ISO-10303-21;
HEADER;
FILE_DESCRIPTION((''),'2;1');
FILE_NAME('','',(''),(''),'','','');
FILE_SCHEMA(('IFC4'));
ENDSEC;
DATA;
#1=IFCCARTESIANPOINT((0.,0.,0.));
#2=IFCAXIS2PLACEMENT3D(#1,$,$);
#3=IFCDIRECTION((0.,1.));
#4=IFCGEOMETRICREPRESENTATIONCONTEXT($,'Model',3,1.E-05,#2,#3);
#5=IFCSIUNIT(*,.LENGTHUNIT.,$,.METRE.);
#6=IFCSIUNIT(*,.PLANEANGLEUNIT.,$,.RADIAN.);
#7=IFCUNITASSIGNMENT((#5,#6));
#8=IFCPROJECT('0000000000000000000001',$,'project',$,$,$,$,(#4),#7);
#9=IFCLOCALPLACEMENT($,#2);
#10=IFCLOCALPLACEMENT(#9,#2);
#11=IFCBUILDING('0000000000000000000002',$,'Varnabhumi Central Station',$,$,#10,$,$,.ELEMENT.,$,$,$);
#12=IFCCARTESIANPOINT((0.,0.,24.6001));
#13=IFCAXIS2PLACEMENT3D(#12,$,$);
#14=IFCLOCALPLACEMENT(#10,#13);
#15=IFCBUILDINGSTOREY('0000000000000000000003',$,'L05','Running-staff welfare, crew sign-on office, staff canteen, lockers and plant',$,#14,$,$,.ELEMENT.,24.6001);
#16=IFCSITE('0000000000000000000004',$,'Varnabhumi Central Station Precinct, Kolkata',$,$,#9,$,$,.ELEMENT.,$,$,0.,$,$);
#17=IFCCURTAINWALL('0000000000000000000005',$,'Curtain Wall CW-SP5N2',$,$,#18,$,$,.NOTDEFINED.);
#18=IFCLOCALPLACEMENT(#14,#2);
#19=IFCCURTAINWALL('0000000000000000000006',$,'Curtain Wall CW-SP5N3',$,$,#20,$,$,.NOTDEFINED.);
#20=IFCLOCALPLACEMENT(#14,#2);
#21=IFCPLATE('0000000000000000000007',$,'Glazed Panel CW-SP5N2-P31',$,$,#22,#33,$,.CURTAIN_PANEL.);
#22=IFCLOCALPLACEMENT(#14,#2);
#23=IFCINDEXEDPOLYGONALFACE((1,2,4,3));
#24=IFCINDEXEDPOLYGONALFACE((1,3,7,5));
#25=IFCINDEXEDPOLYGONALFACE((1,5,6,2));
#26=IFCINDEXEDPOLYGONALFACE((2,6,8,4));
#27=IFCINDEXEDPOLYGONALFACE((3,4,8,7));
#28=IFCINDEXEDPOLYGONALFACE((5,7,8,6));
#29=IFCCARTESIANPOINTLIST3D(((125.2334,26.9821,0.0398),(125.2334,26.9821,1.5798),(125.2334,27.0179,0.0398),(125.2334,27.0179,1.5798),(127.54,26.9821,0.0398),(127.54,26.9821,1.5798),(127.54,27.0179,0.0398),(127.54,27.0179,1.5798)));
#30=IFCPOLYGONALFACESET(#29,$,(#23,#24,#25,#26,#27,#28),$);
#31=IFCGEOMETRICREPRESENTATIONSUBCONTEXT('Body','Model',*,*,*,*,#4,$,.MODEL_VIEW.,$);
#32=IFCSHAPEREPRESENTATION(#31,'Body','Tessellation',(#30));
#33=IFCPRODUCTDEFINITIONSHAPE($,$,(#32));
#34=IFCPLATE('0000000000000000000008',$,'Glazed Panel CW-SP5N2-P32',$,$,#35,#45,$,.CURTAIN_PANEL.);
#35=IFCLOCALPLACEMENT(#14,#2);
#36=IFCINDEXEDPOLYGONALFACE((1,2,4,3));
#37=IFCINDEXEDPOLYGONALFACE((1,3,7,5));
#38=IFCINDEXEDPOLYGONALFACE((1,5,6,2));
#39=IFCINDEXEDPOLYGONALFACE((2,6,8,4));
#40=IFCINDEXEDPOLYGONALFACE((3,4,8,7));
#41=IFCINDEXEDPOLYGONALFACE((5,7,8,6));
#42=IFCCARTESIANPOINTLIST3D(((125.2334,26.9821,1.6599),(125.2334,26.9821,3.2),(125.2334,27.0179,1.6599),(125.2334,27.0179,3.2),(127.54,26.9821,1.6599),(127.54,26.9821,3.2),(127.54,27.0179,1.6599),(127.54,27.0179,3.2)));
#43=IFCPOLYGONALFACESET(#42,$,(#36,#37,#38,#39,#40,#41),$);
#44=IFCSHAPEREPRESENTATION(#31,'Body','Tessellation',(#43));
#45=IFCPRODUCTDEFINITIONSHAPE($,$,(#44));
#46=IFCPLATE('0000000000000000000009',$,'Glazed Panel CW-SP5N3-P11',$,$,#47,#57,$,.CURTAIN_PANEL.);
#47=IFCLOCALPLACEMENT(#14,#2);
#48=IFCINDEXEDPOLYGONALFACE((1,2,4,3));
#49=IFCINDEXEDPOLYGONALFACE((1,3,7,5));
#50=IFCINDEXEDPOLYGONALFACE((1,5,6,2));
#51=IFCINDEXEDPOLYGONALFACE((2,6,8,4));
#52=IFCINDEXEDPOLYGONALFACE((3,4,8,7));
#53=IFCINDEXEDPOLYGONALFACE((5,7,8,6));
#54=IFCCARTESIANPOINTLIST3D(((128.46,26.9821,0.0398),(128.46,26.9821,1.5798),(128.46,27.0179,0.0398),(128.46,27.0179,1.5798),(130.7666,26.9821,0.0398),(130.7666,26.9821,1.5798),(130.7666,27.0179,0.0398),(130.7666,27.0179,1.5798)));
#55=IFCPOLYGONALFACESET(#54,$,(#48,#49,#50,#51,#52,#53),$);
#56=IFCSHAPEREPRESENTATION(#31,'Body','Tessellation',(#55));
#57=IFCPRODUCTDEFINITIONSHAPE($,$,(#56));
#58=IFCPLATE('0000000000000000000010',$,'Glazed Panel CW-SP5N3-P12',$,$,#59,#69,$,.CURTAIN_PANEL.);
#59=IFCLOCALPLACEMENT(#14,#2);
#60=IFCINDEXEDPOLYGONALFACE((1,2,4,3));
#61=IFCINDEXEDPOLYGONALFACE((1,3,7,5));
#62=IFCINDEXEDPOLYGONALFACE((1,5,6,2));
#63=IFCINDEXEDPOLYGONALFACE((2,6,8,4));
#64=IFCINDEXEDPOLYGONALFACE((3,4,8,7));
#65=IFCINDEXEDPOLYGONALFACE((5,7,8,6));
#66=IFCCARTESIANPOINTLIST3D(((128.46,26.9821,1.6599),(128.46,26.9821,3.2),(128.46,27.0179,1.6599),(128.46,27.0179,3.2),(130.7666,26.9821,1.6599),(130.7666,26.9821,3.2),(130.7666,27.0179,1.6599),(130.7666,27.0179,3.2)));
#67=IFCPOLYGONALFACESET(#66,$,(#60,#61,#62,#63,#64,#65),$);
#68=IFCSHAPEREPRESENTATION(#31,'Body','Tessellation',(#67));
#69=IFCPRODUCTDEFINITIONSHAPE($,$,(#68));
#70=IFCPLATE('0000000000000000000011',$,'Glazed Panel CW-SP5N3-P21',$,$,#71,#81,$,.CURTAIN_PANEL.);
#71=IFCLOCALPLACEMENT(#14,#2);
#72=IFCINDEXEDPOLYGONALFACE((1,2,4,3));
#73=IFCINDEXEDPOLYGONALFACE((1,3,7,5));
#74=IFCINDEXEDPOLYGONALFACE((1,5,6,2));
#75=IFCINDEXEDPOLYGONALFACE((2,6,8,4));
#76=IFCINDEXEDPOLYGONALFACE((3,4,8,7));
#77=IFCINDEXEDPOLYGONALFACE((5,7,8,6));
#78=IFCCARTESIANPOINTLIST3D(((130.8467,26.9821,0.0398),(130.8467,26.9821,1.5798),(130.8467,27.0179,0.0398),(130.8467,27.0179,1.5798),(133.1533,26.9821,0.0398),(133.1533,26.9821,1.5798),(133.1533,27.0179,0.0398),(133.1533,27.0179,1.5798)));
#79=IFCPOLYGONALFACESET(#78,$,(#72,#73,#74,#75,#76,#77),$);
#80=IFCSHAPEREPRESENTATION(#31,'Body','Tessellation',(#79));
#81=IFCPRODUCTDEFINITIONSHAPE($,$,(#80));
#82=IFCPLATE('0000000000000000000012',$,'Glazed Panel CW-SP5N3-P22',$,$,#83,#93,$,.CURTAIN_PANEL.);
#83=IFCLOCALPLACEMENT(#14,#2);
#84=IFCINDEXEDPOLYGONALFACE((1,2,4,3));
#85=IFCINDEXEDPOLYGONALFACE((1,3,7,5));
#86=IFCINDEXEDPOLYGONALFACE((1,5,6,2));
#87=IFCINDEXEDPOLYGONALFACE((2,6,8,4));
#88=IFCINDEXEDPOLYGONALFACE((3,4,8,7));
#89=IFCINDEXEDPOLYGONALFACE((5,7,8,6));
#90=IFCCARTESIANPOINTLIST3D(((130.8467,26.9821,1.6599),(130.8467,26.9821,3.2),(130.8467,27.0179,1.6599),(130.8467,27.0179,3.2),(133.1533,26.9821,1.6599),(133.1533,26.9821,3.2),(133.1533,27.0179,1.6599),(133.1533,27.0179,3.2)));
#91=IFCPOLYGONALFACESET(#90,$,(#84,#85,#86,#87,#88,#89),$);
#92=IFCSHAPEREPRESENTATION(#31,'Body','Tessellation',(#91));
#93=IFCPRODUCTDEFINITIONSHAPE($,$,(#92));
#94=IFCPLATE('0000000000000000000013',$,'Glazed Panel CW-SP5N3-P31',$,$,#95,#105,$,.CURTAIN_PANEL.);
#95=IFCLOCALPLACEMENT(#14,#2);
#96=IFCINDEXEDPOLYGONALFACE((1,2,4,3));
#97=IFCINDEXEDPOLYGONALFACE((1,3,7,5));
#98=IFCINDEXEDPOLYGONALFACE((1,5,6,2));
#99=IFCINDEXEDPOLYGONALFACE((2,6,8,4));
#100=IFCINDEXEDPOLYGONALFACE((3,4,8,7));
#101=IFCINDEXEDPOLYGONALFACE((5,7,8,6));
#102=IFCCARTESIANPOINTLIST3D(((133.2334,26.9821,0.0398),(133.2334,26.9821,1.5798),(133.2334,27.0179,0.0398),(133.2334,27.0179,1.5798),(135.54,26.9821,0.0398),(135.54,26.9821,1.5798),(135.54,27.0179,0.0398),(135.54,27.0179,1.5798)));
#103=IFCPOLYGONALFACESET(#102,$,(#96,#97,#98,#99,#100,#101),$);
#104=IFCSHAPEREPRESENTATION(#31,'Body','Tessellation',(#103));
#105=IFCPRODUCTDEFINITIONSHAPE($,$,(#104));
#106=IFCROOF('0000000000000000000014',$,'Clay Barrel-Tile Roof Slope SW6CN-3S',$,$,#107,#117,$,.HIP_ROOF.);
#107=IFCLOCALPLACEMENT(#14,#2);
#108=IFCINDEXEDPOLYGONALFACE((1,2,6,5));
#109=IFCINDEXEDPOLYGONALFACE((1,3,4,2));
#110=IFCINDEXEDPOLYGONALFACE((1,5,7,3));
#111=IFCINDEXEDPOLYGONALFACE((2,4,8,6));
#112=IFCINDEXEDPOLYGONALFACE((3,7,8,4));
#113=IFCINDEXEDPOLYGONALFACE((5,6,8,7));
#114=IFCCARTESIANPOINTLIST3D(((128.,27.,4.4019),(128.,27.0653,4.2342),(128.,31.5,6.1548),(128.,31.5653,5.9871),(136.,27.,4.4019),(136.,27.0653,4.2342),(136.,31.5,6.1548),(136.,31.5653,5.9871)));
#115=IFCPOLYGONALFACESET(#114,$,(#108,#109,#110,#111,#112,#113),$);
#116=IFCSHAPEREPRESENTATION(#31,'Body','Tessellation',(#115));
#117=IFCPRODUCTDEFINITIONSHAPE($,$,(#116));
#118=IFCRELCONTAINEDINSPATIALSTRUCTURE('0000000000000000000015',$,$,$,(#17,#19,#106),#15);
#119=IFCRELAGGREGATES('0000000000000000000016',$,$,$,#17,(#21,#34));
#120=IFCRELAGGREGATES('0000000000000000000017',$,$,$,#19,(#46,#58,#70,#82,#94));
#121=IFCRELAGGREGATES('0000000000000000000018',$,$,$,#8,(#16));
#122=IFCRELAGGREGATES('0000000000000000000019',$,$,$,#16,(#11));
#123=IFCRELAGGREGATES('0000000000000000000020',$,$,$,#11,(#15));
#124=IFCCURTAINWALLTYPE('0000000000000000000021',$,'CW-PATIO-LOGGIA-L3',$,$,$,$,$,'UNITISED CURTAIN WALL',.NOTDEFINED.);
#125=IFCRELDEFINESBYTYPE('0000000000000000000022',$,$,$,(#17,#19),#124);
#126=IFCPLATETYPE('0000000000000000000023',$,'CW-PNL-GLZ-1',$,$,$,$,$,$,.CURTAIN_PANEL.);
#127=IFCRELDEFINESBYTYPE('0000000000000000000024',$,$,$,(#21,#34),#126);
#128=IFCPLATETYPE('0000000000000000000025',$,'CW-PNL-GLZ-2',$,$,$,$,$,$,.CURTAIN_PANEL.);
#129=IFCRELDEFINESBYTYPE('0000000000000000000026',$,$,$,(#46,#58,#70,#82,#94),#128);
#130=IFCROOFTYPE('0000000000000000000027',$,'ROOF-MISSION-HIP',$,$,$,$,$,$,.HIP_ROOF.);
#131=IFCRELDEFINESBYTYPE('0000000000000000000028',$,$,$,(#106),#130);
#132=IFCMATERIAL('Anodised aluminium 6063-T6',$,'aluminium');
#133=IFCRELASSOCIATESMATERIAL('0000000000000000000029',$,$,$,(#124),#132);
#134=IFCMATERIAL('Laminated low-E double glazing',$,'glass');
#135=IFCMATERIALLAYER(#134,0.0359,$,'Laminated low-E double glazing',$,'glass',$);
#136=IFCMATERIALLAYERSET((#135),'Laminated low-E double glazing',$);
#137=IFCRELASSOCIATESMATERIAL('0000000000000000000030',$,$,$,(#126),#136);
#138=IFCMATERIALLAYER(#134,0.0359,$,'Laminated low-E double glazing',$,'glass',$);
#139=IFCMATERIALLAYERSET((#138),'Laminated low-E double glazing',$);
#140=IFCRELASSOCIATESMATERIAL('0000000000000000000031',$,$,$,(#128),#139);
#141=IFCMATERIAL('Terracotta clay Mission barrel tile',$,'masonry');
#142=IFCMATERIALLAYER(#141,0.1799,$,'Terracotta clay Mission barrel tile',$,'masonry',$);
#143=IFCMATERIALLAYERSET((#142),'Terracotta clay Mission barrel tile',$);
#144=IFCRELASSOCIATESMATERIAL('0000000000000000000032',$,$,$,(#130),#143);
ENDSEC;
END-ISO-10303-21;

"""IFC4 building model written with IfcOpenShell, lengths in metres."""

from ifc_helpers import new_model, si_unit, direction, frame, origin, origin_2d, place, context, subcontext, project, spatial, polyline, rectangle, outline, extrude, material, layer, layer_set, type_object, element, aggregate, save


model = new_model("IFC4")

# Units and contexts
model_context = context("Model", 3, precision=1e-05, world=origin(), true_north=direction((0.0, 1.0)))
body_context = subcontext(model_context, "Body", "Model", "MODEL_VIEW")
ifc_project = project(units=[si_unit("LENGTHUNIT", "METRE"), si_unit("PLANEANGLEUNIT", "RADIAN")], contexts=[model_context])

# Site, building, storey
site_placement = place(None, origin())
site = spatial("IfcSite", under=ifc_project, at=site_placement, Name="Varnabhumi Central Station Precinct, Kolkata", CompositionType="ELEMENT", RefElevation=0.0)
building_placement = place(site_placement, origin())
building = spatial("IfcBuilding", under=site, at=building_placement, Name="Varnabhumi Central Station", CompositionType="ELEMENT")
storey_placement = place(building_placement, frame((0.0, 0.0, 24.6001)))
storey = spatial("IfcBuildingStorey", under=building, at=storey_placement, Name="L05", Description="Running-staff welfare, crew sign-on office, staff canteen, lockers and plant", CompositionType="ELEMENT", Elevation=24.6001)

# Curtain walls
ifc_material_1 = material(Name="Anodised aluminium 6063-T6", Category="aluminium")
curtain_wall_type = type_object("IfcCurtainWallType", Name="CW-PATIO-LOGGIA-L3", ElementType="UNITISED CURTAIN WALL", PredefinedType="NOTDEFINED", material=ifc_material_1)
curtain_wall_1_placement = place(storey_placement, origin())
curtain_wall_1 = element("IfcCurtainWall", 1, at=curtain_wall_1_placement, inside=storey, type_object=curtain_wall_type, Name="Curtain Wall CW-SP5N2", PredefinedType="NOTDEFINED")
curtain_wall_2_placement = place(storey_placement, origin())
curtain_wall_2 = element("IfcCurtainWall", 2, at=curtain_wall_2_placement, inside=storey, type_object=curtain_wall_type, Name="Curtain Wall CW-SP5N3", PredefinedType="NOTDEFINED")

# Plates
ifc_material_2 = material(Name="Laminated low-E double glazing", Category="glass")
ifc_layer_1 = layer(ifc_material_2, 0.0359, Name="Laminated low-E double glazing", Category="glass")
ifc_layer_set_1 = layer_set([ifc_layer_1], Name="Laminated low-E double glazing")
plate_type_1 = type_object("IfcPlateType", Name="CW-PNL-GLZ-1", PredefinedType="CURTAIN_PANEL", material=ifc_layer_set_1)
plate_1_placement = place(storey_placement, frame((126.3867, 27.0, 0.0398), z_axis=(0.0, 0.0, 1.0), x_axis=(1.0, 0.0, 0.0)))
plate_1 = element("IfcPlate", 3, at=plate_1_placement, type_object=plate_type_1, Name="Glazed Panel CW-SP5N2-P31", PredefinedType="CURTAIN_PANEL", context=body_context, shape_type="SweptSolid", body=[
    extrude(rectangle(XDim=2.3066, YDim=0.0359, at=origin_2d()), origin(), (0.0, 0.0, 1.0), 1.54),
])
plate_2_placement = place(storey_placement, frame((126.3867, 27.0, 1.6599), z_axis=(0.0, 0.0, 1.0), x_axis=(1.0, 0.0, 0.0)))
plate_2 = element("IfcPlate", 4, at=plate_2_placement, type_object=plate_type_1, Name="Glazed Panel CW-SP5N2-P32", PredefinedType="CURTAIN_PANEL", context=body_context, shape_type="SweptSolid", body=[
    extrude(rectangle(XDim=2.3066, YDim=0.0359, at=origin_2d()), origin(), (0.0, 0.0, 1.0), 1.54),
])
aggregate(curtain_wall_1, [plate_1, plate_2])
ifc_layer_2 = layer(ifc_material_2, 0.0359, Name="Laminated low-E double glazing", Category="glass")
ifc_layer_set_2 = layer_set([ifc_layer_2], Name="Laminated low-E double glazing")
plate_type_2 = type_object("IfcPlateType", Name="CW-PNL-GLZ-2", PredefinedType="CURTAIN_PANEL", material=ifc_layer_set_2)
plate_3_placement = place(storey_placement, frame((129.6133, 27.0, 0.0398), z_axis=(0.0, 0.0, 1.0), x_axis=(1.0, 0.0, 0.0)))
plate_3 = element("IfcPlate", 5, at=plate_3_placement, type_object=plate_type_2, Name="Glazed Panel CW-SP5N3-P11", PredefinedType="CURTAIN_PANEL", context=body_context, shape_type="SweptSolid", body=[
    extrude(rectangle(XDim=2.3066, YDim=0.0359, at=origin_2d()), origin(), (0.0, 0.0, 1.0), 1.54),
])
plate_4_placement = place(storey_placement, frame((129.6133, 27.0, 1.6599), z_axis=(0.0, 0.0, 1.0), x_axis=(1.0, 0.0, 0.0)))
plate_4 = element("IfcPlate", 6, at=plate_4_placement, type_object=plate_type_2, Name="Glazed Panel CW-SP5N3-P12", PredefinedType="CURTAIN_PANEL", context=body_context, shape_type="SweptSolid", body=[
    extrude(rectangle(XDim=2.3066, YDim=0.0359, at=origin_2d()), origin(), (0.0, 0.0, 1.0), 1.54),
])
plate_5_placement = place(storey_placement, frame((132.0, 27.0, 0.0398), z_axis=(0.0, 0.0, 1.0), x_axis=(1.0, 0.0, 0.0)))
plate_5 = element("IfcPlate", 7, at=plate_5_placement, type_object=plate_type_2, Name="Glazed Panel CW-SP5N3-P21", PredefinedType="CURTAIN_PANEL", context=body_context, shape_type="SweptSolid", body=[
    extrude(rectangle(XDim=2.3066, YDim=0.0359, at=origin_2d()), origin(), (0.0, 0.0, 1.0), 1.54),
])
plate_6_placement = place(storey_placement, frame((132.0, 27.0, 1.6599), z_axis=(0.0, 0.0, 1.0), x_axis=(1.0, 0.0, 0.0)))
plate_6 = element("IfcPlate", 8, at=plate_6_placement, type_object=plate_type_2, Name="Glazed Panel CW-SP5N3-P22", PredefinedType="CURTAIN_PANEL", context=body_context, shape_type="SweptSolid", body=[
    extrude(rectangle(XDim=2.3066, YDim=0.0359, at=origin_2d()), origin(), (0.0, 0.0, 1.0), 1.54),
])
plate_7_placement = place(storey_placement, frame((134.3867, 27.0, 0.0398), z_axis=(0.0, 0.0, 1.0), x_axis=(1.0, 0.0, 0.0)))
plate_7 = element("IfcPlate", 9, at=plate_7_placement, type_object=plate_type_2, Name="Glazed Panel CW-SP5N3-P31", PredefinedType="CURTAIN_PANEL", context=body_context, shape_type="SweptSolid", body=[
    extrude(rectangle(XDim=2.3066, YDim=0.0359, at=origin_2d()), origin(), (0.0, 0.0, 1.0), 1.54),
])
aggregate(curtain_wall_2, [plate_3, plate_4, plate_5, plate_6, plate_7])

# Roof
ifc_material_3 = material(Name="Terracotta clay Mission barrel tile", Category="masonry")
ifc_layer_3 = layer(ifc_material_3, 0.1799, Name="Terracotta clay Mission barrel tile", Category="masonry")
ifc_layer_set_3 = layer_set([ifc_layer_3], Name="Terracotta clay Mission barrel tile")
roof_type = type_object("IfcRoofType", Name="ROOF-MISSION-HIP", PredefinedType="HIP_ROOF", material=ifc_layer_set_3)
roof_placement = place(storey_placement, frame((128.0, 27.0, 4.4019), z_axis=(0.0, -0.362973, 0.9318), x_axis=(1.0, 0.0, 0.0)))
element("IfcRoof", 10, at=roof_placement, inside=storey, type_object=roof_type, Name="Clay Barrel-Tile Roof Slope SW6CN-3S", PredefinedType="HIP_ROOF", context=body_context, shape_type="SweptSolid", body=[
    extrude(outline(polyline([(0.0, 0.0), (8.0, 0.0), (8.0, 4.8294), (0.0, 4.8294), (0.0, 0.0)])), origin(), (0.0, 0.0, -1.0), 0.1799),
])

save(model, "model.ifc")
